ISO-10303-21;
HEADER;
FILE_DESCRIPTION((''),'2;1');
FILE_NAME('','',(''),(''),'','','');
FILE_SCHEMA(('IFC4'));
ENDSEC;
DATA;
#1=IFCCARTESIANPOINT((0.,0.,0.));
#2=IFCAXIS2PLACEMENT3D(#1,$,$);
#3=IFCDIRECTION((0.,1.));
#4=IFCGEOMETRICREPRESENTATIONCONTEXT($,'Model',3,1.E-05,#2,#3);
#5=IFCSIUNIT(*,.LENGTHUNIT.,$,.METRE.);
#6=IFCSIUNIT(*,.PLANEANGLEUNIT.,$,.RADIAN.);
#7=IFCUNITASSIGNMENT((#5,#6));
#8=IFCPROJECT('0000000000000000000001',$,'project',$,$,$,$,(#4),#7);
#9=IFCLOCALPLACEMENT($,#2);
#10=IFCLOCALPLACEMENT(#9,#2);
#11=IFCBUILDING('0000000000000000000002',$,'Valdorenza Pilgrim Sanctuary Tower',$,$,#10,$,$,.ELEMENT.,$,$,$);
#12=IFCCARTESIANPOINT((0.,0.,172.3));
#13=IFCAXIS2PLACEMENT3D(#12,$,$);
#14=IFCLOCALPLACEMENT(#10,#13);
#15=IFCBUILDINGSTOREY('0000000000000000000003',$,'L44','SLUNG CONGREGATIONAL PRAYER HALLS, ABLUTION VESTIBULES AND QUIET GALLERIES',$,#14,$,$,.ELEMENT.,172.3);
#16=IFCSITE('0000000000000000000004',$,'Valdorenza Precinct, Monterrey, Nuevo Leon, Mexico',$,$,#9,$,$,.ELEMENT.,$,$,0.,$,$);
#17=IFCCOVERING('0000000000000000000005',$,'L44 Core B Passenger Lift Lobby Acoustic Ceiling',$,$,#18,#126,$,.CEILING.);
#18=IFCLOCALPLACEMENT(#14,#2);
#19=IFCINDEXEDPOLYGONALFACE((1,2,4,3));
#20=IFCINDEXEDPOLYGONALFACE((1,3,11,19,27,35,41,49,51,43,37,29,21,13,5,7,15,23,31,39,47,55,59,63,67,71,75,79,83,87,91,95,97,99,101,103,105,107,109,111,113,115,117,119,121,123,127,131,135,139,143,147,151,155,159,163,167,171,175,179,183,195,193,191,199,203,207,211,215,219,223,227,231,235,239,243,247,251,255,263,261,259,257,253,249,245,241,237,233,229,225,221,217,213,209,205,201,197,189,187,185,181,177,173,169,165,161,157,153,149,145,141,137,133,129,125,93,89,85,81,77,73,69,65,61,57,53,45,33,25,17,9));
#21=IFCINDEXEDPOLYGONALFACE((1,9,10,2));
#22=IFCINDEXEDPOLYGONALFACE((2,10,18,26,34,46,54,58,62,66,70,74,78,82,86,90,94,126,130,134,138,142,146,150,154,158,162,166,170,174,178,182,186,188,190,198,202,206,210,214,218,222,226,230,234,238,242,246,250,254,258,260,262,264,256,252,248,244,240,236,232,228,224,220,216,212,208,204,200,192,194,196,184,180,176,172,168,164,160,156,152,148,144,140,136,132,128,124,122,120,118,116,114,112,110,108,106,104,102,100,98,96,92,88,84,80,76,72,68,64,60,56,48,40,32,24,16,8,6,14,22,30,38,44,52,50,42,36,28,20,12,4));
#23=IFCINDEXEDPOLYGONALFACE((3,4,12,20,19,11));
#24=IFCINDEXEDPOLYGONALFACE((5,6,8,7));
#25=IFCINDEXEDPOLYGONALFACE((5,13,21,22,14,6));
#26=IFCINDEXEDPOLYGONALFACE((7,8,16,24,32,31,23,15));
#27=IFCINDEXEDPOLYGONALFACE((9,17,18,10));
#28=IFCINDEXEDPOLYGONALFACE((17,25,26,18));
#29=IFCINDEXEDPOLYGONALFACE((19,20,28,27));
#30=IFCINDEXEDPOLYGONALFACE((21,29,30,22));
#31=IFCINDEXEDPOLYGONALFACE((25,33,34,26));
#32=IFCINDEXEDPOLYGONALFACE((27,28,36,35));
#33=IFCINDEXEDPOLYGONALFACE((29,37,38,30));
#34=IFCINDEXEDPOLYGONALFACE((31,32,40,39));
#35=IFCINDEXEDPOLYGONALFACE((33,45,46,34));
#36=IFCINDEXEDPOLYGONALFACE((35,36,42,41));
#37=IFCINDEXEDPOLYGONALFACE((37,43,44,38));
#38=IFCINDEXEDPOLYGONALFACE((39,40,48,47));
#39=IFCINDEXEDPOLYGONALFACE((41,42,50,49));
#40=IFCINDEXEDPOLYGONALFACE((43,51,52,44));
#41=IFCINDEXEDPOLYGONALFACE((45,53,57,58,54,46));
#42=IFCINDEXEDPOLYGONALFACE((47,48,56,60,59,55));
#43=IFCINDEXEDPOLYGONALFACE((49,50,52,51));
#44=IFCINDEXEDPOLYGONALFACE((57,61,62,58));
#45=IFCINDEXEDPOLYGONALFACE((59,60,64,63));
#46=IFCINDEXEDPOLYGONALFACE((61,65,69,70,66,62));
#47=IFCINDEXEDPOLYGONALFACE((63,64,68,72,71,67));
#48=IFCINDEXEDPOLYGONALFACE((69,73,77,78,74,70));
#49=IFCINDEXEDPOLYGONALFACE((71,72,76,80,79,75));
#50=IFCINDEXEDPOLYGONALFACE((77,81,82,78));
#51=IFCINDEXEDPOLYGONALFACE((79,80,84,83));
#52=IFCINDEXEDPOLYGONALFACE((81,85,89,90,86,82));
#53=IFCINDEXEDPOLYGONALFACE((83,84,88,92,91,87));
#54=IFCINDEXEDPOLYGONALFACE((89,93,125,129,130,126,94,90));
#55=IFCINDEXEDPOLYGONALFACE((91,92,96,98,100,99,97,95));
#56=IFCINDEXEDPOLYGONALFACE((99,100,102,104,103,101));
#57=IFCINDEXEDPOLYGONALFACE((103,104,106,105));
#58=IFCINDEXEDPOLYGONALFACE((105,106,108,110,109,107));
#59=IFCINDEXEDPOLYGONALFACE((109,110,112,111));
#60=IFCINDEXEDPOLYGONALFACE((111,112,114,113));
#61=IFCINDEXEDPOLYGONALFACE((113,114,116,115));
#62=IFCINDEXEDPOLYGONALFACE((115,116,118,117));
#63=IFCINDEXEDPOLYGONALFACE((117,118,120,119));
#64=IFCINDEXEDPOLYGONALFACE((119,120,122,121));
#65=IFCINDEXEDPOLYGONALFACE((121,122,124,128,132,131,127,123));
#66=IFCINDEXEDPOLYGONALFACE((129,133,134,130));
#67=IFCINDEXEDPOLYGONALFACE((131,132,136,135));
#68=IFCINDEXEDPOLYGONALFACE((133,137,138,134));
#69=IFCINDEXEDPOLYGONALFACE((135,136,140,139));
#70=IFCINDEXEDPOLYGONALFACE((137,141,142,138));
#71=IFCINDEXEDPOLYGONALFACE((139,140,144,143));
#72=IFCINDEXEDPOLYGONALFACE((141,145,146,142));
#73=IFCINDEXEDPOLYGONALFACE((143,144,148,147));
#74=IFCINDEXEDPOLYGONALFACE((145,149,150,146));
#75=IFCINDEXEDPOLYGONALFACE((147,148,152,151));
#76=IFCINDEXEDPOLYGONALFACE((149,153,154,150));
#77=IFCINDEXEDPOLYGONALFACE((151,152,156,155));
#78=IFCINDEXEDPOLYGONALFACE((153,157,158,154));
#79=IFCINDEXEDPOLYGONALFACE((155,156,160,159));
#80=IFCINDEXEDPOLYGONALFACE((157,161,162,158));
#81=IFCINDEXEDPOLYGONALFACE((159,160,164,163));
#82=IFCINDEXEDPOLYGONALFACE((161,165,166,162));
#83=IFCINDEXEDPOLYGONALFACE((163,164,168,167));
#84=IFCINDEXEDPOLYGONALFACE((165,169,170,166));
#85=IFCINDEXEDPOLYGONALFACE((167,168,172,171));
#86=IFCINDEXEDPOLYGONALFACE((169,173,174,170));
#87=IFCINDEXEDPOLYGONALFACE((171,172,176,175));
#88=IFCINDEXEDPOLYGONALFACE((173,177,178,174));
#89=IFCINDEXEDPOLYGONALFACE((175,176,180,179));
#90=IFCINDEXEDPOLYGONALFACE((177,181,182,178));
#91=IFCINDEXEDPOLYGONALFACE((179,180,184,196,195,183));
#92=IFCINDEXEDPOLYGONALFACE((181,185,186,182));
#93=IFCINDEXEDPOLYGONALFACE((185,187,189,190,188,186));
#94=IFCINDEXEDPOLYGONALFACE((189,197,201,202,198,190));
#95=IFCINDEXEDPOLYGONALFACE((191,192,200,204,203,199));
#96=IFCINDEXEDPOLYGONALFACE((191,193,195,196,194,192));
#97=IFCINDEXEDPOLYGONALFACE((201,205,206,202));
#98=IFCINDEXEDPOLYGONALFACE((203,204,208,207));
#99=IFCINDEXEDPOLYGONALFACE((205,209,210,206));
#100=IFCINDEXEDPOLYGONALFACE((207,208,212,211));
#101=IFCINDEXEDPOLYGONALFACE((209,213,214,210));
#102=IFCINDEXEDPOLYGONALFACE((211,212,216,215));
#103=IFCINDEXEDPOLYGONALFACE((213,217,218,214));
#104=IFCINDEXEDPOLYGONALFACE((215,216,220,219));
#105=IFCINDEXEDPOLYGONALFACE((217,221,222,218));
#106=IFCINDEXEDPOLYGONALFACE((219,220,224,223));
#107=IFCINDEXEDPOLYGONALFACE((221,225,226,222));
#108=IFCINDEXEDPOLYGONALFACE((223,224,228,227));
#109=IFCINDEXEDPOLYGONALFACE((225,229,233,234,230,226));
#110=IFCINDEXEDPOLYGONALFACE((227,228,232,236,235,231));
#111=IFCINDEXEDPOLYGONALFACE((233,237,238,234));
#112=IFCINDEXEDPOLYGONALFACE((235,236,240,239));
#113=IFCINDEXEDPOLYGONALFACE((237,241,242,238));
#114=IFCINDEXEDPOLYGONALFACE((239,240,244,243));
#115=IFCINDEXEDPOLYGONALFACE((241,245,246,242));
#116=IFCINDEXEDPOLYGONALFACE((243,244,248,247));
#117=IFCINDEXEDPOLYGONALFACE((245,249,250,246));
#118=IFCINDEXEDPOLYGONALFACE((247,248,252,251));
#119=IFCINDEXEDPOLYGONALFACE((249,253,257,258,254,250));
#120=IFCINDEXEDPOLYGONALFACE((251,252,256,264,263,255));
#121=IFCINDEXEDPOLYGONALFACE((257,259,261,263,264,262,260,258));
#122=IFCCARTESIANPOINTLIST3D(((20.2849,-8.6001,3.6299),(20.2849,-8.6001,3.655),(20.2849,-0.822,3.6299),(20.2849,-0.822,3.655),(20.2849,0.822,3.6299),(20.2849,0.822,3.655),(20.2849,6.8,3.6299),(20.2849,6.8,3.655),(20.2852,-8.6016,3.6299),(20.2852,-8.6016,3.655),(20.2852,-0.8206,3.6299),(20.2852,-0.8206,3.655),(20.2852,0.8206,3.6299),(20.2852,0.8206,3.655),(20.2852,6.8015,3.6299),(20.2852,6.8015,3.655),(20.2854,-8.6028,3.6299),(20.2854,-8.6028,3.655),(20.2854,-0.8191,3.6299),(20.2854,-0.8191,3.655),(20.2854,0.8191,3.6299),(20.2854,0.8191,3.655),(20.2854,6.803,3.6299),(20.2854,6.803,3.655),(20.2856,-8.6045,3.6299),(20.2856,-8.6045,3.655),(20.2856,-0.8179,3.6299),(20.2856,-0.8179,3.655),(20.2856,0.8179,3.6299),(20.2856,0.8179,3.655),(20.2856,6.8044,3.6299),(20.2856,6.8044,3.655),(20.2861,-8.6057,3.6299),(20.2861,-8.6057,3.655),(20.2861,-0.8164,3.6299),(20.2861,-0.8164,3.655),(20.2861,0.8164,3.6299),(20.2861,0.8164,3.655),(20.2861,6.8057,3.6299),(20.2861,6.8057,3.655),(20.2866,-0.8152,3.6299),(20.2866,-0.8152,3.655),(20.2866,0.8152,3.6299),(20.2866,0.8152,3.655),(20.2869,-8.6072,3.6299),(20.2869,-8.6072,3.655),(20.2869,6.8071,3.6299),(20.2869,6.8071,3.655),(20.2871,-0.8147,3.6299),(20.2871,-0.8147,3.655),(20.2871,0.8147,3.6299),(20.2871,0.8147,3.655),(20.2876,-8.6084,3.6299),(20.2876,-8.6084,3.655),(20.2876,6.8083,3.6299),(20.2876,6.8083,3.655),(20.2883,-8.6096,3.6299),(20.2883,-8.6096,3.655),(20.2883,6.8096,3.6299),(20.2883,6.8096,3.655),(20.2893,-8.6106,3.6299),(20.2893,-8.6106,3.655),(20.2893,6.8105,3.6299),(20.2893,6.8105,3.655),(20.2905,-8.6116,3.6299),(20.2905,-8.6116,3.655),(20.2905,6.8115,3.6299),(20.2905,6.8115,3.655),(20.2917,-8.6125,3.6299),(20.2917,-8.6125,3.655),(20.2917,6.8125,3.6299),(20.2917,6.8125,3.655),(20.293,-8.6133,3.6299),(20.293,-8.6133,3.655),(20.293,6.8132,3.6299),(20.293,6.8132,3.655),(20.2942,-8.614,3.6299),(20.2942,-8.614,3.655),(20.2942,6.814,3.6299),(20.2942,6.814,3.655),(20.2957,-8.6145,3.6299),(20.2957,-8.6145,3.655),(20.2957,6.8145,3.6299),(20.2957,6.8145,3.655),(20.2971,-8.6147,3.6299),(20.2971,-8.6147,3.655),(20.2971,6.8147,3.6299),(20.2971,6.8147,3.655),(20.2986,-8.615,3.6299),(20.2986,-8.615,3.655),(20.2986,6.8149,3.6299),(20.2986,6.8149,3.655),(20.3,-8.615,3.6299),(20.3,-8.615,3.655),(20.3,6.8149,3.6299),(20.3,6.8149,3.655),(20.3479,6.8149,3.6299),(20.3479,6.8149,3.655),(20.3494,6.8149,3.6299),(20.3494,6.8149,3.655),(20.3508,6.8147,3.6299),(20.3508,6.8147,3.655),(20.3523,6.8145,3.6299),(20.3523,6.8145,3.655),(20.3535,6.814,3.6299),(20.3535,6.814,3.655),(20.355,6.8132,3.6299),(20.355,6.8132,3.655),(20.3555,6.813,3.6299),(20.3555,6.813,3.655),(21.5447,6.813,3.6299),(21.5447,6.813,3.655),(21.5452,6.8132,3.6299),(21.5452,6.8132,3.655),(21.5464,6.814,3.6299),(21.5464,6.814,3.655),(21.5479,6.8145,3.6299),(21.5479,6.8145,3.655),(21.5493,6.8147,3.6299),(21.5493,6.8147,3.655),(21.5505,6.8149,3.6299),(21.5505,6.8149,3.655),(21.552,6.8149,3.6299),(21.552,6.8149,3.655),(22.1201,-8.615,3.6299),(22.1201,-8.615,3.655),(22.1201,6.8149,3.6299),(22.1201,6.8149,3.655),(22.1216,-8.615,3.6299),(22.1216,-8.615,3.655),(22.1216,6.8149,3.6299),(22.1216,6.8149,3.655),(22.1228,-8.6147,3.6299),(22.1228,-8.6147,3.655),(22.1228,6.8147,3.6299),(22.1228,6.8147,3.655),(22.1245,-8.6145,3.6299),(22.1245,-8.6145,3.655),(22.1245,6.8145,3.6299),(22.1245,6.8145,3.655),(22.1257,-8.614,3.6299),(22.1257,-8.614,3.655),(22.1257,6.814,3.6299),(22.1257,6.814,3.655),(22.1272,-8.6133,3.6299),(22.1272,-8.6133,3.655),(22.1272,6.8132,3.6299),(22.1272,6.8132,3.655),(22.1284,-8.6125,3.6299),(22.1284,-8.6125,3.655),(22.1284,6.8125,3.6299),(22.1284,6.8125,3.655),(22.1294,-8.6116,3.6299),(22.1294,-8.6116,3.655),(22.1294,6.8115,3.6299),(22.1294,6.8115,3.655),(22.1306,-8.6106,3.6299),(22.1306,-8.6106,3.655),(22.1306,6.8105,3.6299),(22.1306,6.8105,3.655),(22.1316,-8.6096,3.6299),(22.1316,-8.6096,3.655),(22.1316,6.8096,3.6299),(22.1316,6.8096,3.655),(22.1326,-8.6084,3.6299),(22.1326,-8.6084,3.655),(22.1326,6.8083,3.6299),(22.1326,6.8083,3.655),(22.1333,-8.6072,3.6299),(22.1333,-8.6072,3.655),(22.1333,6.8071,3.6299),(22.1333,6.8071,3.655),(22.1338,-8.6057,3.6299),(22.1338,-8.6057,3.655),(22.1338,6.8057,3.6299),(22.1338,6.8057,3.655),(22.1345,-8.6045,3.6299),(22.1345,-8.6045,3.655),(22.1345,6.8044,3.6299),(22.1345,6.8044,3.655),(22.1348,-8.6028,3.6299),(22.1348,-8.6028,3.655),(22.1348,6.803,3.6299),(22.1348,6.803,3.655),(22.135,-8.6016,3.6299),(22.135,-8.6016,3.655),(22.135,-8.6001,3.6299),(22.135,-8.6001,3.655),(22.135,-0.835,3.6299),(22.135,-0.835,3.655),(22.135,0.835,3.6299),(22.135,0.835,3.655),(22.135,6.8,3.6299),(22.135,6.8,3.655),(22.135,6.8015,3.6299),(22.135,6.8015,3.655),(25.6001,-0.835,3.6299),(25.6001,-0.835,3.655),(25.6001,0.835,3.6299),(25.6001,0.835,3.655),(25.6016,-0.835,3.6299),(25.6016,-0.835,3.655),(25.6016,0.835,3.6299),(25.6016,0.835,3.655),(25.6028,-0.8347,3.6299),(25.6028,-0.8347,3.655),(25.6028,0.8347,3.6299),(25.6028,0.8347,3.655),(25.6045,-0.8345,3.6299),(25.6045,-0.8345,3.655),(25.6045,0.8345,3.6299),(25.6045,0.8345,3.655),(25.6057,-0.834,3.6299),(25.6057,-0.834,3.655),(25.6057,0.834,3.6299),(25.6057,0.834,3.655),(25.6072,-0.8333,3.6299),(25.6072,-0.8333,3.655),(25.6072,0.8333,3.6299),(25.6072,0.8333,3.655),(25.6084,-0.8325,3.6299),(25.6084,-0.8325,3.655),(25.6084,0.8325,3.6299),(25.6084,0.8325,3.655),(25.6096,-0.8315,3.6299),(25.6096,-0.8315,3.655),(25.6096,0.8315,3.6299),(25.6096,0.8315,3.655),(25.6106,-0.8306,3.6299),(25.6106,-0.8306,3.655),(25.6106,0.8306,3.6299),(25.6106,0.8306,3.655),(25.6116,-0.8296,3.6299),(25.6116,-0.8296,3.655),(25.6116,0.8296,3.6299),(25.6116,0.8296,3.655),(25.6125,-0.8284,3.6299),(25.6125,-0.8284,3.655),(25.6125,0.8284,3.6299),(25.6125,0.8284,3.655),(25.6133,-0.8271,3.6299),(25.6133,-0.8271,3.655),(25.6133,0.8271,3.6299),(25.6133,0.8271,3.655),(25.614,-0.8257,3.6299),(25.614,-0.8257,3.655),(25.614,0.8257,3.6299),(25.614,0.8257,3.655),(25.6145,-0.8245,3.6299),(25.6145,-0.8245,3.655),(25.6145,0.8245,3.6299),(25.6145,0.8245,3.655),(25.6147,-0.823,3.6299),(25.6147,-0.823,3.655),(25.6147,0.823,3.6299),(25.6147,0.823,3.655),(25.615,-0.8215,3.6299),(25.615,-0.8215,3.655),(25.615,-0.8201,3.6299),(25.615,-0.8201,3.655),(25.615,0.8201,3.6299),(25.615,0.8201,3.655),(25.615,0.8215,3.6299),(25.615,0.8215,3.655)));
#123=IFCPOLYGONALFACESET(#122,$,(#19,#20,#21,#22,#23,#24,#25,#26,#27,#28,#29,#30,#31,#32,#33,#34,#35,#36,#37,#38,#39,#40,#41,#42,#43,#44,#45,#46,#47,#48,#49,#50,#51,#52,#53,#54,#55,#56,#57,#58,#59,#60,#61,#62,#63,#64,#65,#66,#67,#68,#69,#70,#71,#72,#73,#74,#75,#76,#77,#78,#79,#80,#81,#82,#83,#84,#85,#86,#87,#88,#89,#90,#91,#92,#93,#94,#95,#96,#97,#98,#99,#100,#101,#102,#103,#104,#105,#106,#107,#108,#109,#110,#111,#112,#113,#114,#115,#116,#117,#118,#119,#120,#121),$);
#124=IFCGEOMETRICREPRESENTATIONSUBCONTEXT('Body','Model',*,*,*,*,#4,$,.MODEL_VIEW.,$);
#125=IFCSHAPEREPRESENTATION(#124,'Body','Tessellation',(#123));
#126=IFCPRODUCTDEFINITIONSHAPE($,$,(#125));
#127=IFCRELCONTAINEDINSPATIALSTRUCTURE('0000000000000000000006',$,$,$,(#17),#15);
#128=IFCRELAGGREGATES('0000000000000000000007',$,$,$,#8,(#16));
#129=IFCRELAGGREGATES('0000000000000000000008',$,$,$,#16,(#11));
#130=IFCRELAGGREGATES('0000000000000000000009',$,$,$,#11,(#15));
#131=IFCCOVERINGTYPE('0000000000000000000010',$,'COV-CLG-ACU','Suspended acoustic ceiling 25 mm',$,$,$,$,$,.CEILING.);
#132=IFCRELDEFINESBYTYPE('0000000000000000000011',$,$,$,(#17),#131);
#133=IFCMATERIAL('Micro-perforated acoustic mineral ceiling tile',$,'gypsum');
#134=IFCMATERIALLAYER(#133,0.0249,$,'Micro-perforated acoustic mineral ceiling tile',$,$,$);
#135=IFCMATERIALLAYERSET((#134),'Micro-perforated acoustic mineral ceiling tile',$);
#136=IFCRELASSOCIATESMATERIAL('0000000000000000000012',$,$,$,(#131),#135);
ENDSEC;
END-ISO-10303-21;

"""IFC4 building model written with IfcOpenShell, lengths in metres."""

from ifc_helpers import new_model, si_unit, direction, frame, origin, place, context, subcontext, project, spatial, polyline, outline, extrude, material, layer, layer_set, type_object, element, save


model = new_model("IFC4")

# Units and contexts
model_context = context("Model", 3, precision=1e-05, world=origin(), true_north=direction((0.0, 1.0)))
body_context = subcontext(model_context, "Body", "Model", "MODEL_VIEW")
ifc_project = project(units=[si_unit("LENGTHUNIT", "METRE"), si_unit("PLANEANGLEUNIT", "RADIAN")], contexts=[model_context])

# Site, building, storey
site_placement = place(None, origin())
site = spatial("IfcSite", under=ifc_project, at=site_placement, Name="Valdorenza Precinct, Monterrey, Nuevo Leon, Mexico", CompositionType="ELEMENT", RefElevation=0.0)
building_placement = place(site_placement, origin())
building = spatial("IfcBuilding", under=site, at=building_placement, Name="Valdorenza Pilgrim Sanctuary Tower", CompositionType="ELEMENT")
storey_placement = place(building_placement, frame((0.0, 0.0, 172.3)))
storey = spatial("IfcBuildingStorey", under=building, at=storey_placement, Name="L44", Description="SLUNG CONGREGATIONAL PRAYER HALLS, ABLUTION VESTIBULES AND QUIET GALLERIES", CompositionType="ELEMENT", Elevation=172.3)

# Covering
ifc_material_1 = material(Name="Micro-perforated acoustic mineral ceiling tile", Category="gypsum")
ifc_layer_1 = layer(ifc_material_1, 0.0249, Name="Micro-perforated acoustic mineral ceiling tile")
ifc_layer_set_1 = layer_set([ifc_layer_1], Name="Micro-perforated acoustic mineral ceiling tile")
covering_type_1 = type_object("IfcCoveringType", Name="COV-CLG-ACU", Description="Suspended acoustic ceiling 25 mm", PredefinedType="CEILING", material=ifc_layer_set_1)
covering_1_placement = place(storey_placement, frame((0.0, 0.0, 3.6299)))
element("IfcCovering", 1, at=covering_1_placement, inside=storey, type_object=covering_type_1, Name="L44 Core B Passenger Lift Lobby Acoustic Ceiling", PredefinedType="CEILING", context=body_context, shape_type="SweptSolid", body=[
    extrude(outline(polyline([(20.2871, -0.8147), (20.2871, 0.8147), (20.2866, 0.8152), (20.2861, 0.8164), (20.2856, 0.8179), (20.2854, 0.8191), (20.2852, 0.8206), (20.2849, 0.822), (20.2849, 6.8), (20.2852, 6.8015), (20.2854, 6.803), (20.2856, 6.8044), (20.2861, 6.8057), (20.2869, 6.8071), (20.2876, 6.8083), (20.2883, 6.8096), (20.2893, 6.8105), (20.2905, 6.8115), (20.2917, 6.8125), (20.293, 6.8132), (20.2942, 6.814), (20.2957, 6.8145), (20.2971, 6.8147), (20.2986, 6.8149), (20.3, 6.8149), (20.3479, 6.8149), (20.3494, 6.8149), (20.3508, 6.8147), (20.3523, 6.8145), (20.3535, 6.814), (20.355, 6.8132), (20.3555, 6.813), (21.5447, 6.813), (21.5452, 6.8132), (21.5464, 6.814), (21.5479, 6.8145), (21.5493, 6.8147), (21.5505, 6.8149), (21.552, 6.8149), (22.1201, 6.8149), (22.1216, 6.8149), (22.1228, 6.8147), (22.1245, 6.8145), (22.1257, 6.814), (22.1272, 6.8132), (22.1284, 6.8125), (22.1294, 6.8115), (22.1306, 6.8105), (22.1316, 6.8096), (22.1326, 6.8083), (22.1333, 6.8071), (22.1338, 6.8057), (22.1345, 6.8044), (22.1348, 6.803), (22.135, 6.8015), (22.135, 6.8), (22.135, 0.835), (25.6001, 0.835), (25.6016, 0.835), (25.6028, 0.8347), (25.6045, 0.8345), (25.6057, 0.834), (25.6072, 0.8333), (25.6084, 0.8325), (25.6096, 0.8315), (25.6106, 0.8306), (25.6116, 0.8296), (25.6125, 0.8284), (25.6133, 0.8271), (25.614, 0.8257), (25.6145, 0.8245), (25.6147, 0.823), (25.615, 0.8215), (25.615, 0.8201), (25.615, -0.8201), (25.615, -0.8215), (25.6147, -0.823), (25.6145, -0.8245), (25.614, -0.8257), (25.6133, -0.8271), (25.6125, -0.8284), (25.6116, -0.8296), (25.6106, -0.8306), (25.6096, -0.8315), (25.6084, -0.8325), (25.6072, -0.8333), (25.6057, -0.834), (25.6045, -0.8345), (25.6028, -0.8347), (25.6016, -0.835), (25.6001, -0.835), (22.135, -0.835), (22.135, -8.6001), (22.135, -8.6016), (22.1348, -8.6028), (22.1345, -8.6045), (22.1338, -8.6057), (22.1333, -8.6072), (22.1326, -8.6084), (22.1316, -8.6096), (22.1306, -8.6106), (22.1294, -8.6116), (22.1284, -8.6125), (22.1272, -8.6133), (22.1257, -8.614), (22.1245, -8.6145), (22.1228, -8.6147), (22.1216, -8.615), (22.1201, -8.615), (20.3, -8.615), (20.2986, -8.615), (20.2971, -8.6147), (20.2957, -8.6145), (20.2942, -8.614), (20.293, -8.6133), (20.2917, -8.6125), (20.2905, -8.6116), (20.2893, -8.6106), (20.2883, -8.6096), (20.2876, -8.6084), (20.2869, -8.6072), (20.2861, -8.6057), (20.2856, -8.6045), (20.2854, -8.6028), (20.2852, -8.6016), (20.2849, -8.6001), (20.2849, -0.822), (20.2852, -0.8206), (20.2854, -0.8191), (20.2856, -0.8179), (20.2861, -0.8164), (20.2866, -0.8152), (20.2871, -0.8147)])), origin(), (0.0, 0.0, 1.0), 0.0251),
])

save(model, "model.ifc")
